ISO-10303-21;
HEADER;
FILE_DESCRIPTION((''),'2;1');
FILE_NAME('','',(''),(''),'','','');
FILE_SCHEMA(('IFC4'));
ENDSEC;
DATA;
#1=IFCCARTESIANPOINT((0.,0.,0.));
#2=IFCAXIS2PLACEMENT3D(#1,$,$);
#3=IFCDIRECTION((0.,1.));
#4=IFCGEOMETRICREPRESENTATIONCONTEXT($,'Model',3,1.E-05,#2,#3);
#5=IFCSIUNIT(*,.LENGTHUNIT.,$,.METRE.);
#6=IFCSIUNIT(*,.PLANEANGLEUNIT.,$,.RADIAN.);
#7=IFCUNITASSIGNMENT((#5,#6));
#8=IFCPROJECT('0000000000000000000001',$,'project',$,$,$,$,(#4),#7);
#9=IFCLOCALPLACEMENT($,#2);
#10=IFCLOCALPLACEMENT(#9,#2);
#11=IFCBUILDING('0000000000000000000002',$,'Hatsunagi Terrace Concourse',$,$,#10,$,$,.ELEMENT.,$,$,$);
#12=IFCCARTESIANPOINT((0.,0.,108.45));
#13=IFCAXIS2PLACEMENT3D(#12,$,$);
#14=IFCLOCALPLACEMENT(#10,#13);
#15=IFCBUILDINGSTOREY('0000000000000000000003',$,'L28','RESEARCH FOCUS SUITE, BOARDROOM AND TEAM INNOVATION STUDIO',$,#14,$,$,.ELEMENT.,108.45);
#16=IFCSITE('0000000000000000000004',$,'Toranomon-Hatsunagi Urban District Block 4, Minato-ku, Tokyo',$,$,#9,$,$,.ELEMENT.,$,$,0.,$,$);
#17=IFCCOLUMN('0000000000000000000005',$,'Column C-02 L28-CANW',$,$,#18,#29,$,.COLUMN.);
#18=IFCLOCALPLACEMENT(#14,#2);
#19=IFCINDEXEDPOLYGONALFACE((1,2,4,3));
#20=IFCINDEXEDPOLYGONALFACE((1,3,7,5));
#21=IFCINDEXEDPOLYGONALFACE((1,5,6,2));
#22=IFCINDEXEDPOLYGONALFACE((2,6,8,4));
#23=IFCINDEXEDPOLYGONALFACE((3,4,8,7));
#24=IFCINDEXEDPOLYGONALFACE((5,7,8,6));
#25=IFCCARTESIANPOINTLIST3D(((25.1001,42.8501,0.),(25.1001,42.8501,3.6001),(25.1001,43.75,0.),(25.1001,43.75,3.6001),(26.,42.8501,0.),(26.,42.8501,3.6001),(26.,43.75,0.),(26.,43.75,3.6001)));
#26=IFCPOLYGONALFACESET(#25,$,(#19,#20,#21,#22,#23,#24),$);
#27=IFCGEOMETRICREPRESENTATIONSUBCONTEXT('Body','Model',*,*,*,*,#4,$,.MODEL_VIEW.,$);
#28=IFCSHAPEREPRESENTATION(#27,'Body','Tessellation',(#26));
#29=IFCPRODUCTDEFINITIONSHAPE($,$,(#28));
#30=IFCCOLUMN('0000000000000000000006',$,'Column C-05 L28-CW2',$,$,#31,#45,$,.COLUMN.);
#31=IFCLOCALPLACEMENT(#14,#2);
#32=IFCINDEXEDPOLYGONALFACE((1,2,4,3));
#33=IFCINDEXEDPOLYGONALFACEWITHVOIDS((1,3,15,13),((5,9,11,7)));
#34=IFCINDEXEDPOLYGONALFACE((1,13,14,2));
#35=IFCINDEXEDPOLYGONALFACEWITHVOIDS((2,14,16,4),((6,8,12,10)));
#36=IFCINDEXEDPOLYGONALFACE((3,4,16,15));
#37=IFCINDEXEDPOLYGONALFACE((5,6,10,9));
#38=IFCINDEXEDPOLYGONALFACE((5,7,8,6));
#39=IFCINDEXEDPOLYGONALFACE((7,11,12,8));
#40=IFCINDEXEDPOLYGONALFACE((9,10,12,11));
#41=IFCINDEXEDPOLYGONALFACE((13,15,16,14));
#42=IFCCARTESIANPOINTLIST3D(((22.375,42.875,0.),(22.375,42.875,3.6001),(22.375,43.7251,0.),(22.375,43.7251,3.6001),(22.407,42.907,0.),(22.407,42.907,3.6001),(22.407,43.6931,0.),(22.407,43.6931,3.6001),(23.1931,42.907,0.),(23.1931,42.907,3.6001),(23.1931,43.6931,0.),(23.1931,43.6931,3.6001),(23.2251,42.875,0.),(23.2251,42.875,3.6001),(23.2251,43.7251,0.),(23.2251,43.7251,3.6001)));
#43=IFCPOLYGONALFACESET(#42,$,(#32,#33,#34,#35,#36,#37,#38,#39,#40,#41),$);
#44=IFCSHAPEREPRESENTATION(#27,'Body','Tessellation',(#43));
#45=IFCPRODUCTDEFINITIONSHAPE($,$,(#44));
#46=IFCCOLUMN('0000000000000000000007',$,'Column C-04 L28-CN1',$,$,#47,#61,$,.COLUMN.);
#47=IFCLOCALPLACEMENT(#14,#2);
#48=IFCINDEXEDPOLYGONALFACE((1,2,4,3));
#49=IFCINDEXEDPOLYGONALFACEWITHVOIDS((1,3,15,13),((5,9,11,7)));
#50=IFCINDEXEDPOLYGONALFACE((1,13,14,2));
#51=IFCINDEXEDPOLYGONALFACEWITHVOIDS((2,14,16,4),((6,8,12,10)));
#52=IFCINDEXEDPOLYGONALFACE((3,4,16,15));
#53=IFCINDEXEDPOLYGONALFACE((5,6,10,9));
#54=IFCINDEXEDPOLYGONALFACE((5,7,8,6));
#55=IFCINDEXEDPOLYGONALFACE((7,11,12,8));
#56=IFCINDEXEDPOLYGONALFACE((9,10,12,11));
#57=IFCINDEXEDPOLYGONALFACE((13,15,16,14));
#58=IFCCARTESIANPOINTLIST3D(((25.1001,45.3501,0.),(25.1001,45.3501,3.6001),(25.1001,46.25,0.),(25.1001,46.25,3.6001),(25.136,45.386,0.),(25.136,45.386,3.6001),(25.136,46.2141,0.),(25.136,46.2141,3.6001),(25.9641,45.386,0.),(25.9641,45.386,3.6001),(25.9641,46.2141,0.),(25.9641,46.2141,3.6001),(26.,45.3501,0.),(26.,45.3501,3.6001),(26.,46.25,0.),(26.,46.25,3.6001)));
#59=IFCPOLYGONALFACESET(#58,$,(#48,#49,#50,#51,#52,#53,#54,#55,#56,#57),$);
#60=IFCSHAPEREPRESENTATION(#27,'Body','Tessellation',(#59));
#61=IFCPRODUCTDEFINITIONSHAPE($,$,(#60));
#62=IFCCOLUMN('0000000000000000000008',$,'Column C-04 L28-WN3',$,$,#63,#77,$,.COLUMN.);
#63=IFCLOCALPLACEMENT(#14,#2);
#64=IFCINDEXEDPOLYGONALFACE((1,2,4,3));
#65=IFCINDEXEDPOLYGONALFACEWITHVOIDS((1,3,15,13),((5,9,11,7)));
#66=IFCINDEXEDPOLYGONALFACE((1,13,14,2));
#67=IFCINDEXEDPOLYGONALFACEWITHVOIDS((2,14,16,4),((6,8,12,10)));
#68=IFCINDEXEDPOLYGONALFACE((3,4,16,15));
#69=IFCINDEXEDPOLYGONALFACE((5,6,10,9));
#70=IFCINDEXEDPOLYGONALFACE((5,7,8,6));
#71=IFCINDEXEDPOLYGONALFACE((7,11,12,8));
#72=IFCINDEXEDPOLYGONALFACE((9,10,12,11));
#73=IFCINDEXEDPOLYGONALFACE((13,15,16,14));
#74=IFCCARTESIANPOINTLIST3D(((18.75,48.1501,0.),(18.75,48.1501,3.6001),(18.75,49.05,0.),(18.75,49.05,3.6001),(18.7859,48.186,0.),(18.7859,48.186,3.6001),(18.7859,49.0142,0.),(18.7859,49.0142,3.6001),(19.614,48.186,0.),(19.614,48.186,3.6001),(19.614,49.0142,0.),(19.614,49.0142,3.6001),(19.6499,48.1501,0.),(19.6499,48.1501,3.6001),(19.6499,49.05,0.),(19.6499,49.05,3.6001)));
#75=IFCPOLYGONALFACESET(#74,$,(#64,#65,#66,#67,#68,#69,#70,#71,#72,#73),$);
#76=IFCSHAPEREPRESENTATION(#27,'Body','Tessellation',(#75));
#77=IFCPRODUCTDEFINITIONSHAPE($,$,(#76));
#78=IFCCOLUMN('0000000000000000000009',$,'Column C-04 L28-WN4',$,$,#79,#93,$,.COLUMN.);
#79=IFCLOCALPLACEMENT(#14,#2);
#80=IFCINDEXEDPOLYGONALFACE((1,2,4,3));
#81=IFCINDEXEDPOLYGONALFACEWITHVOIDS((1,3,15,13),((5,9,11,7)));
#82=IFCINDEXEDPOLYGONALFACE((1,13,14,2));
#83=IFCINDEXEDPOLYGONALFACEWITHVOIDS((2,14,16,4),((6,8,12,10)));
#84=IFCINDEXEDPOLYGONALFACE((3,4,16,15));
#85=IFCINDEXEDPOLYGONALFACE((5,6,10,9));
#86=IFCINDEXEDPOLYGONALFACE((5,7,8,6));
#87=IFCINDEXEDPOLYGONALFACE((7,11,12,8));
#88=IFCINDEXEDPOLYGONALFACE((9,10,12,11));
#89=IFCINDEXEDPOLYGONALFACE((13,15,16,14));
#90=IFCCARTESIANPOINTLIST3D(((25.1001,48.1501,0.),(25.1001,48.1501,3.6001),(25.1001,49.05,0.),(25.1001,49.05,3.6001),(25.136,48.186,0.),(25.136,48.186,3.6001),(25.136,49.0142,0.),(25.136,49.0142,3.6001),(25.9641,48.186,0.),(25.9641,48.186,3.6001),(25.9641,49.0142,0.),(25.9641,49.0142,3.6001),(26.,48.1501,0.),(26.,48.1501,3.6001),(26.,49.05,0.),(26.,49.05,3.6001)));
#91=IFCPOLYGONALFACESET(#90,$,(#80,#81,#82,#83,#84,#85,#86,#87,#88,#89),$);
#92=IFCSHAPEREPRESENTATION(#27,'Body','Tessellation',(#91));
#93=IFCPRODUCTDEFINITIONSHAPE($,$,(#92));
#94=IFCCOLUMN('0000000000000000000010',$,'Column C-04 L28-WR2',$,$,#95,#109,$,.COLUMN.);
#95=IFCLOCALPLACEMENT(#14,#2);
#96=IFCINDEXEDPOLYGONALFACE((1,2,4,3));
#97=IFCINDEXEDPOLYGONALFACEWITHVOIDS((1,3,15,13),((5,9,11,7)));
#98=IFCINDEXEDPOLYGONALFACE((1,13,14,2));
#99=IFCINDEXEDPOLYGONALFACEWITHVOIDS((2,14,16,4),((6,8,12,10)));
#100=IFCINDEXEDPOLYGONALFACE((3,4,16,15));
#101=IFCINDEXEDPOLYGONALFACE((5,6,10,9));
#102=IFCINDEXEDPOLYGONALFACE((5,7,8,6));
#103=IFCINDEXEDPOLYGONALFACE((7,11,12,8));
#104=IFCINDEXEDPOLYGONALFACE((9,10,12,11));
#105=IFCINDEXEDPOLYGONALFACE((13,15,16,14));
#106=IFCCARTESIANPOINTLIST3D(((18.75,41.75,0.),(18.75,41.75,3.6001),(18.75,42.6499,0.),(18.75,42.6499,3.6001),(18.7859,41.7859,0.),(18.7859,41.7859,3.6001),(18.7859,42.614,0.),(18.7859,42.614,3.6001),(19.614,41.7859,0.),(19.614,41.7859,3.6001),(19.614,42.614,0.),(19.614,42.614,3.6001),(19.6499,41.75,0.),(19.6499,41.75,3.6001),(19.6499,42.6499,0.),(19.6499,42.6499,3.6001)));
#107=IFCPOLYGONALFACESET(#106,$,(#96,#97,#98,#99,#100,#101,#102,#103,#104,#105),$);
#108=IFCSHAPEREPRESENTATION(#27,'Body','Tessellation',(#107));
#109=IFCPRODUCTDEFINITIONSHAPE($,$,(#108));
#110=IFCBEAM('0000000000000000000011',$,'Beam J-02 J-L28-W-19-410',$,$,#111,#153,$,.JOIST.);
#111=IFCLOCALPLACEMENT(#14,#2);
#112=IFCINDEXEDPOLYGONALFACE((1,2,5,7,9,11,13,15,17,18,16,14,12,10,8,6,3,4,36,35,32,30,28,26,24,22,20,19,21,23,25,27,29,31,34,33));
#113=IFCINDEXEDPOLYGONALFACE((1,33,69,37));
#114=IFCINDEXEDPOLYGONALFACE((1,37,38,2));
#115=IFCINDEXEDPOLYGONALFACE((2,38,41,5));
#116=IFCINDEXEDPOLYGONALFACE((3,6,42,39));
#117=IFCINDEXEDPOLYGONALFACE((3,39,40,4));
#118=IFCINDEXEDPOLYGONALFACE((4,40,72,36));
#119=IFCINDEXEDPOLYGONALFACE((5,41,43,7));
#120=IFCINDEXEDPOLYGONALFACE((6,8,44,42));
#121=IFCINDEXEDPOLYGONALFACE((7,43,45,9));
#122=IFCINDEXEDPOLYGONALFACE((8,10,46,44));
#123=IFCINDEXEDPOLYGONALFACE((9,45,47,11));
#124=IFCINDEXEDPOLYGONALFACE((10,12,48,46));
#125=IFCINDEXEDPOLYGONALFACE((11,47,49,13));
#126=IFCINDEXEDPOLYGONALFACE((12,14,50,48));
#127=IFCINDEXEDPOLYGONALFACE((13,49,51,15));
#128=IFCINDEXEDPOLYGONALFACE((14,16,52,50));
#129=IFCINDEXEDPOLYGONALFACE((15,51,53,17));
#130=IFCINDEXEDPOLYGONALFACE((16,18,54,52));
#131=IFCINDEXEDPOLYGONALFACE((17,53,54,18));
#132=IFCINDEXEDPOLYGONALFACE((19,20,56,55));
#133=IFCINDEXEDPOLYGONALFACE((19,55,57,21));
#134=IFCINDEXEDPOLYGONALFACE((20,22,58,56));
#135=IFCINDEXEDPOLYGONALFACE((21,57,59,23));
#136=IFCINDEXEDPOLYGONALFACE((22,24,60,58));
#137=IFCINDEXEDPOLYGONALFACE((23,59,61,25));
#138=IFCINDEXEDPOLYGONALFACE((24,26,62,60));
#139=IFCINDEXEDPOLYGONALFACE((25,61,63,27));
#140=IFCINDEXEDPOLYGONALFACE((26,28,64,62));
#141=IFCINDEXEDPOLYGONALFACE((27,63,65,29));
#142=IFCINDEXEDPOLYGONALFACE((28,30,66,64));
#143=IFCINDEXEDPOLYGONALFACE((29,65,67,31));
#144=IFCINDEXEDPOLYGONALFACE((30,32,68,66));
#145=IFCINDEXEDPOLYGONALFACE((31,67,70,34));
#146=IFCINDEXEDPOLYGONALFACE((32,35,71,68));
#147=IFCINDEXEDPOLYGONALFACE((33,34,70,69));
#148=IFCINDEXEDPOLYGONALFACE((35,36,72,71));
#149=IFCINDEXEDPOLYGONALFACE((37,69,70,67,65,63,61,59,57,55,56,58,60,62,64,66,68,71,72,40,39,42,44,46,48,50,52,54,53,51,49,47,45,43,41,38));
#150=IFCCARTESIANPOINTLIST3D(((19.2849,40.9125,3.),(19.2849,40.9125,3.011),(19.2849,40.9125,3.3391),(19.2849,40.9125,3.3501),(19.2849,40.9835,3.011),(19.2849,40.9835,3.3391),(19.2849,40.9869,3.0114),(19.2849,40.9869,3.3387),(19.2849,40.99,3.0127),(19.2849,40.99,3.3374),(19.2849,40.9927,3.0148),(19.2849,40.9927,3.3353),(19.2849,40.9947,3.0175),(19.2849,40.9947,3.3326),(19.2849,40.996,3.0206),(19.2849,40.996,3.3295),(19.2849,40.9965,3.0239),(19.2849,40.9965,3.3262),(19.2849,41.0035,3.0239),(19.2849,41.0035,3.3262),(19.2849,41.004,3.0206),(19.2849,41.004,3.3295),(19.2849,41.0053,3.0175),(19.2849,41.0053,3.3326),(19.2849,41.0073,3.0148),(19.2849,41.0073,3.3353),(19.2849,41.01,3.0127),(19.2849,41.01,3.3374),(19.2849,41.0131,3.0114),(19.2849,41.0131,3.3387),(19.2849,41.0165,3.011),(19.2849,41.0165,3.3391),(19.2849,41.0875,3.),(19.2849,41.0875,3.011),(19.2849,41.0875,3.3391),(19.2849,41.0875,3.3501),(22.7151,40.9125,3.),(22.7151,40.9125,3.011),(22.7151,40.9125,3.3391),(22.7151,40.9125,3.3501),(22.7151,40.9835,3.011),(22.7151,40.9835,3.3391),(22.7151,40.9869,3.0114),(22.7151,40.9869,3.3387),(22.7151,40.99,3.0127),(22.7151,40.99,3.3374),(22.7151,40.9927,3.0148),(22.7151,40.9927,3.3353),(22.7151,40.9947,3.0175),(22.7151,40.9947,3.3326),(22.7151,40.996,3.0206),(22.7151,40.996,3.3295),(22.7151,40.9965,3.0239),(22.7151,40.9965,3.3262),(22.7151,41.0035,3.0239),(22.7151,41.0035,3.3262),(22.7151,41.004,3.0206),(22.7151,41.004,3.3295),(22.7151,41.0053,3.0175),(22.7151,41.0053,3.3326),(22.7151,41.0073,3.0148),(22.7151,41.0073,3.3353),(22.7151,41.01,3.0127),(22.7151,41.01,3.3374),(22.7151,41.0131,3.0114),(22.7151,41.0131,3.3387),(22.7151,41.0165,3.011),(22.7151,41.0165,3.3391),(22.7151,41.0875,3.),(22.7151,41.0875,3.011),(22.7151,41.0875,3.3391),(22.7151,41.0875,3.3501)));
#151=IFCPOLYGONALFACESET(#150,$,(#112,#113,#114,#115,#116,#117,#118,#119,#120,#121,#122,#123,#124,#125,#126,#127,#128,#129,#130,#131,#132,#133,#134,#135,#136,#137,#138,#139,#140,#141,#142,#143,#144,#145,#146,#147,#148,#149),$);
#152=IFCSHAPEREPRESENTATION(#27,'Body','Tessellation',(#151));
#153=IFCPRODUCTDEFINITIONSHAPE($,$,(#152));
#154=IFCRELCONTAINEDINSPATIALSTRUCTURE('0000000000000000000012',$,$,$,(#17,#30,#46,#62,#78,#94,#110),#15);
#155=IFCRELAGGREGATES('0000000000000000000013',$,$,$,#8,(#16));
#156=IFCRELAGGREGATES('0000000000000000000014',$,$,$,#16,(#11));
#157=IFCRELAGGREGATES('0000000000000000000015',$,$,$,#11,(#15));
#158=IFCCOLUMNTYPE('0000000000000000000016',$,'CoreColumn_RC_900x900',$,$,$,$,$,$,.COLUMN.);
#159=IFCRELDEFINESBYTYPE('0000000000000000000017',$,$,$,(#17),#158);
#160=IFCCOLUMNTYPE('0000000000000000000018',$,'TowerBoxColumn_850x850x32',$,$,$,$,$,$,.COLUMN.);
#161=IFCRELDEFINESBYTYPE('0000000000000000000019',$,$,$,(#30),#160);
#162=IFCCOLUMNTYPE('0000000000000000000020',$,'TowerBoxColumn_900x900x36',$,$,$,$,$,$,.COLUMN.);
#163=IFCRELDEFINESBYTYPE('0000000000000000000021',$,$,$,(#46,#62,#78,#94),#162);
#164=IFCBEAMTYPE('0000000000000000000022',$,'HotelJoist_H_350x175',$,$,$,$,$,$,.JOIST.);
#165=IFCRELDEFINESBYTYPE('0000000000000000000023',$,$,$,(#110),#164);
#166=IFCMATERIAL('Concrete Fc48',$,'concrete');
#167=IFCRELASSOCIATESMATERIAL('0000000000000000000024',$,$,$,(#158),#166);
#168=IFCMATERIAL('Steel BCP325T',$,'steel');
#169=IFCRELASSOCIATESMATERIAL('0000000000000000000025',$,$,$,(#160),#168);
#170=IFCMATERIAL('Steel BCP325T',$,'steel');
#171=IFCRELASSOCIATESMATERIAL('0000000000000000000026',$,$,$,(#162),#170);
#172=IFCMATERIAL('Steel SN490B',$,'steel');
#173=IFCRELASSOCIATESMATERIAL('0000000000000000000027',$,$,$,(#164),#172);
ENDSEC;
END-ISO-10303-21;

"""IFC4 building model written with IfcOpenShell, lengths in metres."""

from ifc_helpers import new_model, si_unit, direction, frame, origin, origin_2d, place, context, subcontext, project, spatial, rectangle, hollow_rectangle, i_section, extrude, material, material_profile, profile_set, type_object, element, save


model = new_model("IFC4")

# Units and contexts
model_context = context("Model", 3, precision=1e-05, world=origin(), true_north=direction((0.0, 1.0)))
body_context = subcontext(model_context, "Body", "Model", "MODEL_VIEW")
ifc_project = project(units=[si_unit("LENGTHUNIT", "METRE"), si_unit("PLANEANGLEUNIT", "RADIAN")], contexts=[model_context])

# Site, building, storey
site_placement = place(None, origin())
site = spatial("IfcSite", under=ifc_project, at=site_placement, Name="Toranomon-Hatsunagi Urban District Block 4, Minato-ku, Tokyo", CompositionType="ELEMENT", RefElevation=0.0)
building_placement = place(site_placement, origin())
building = spatial("IfcBuilding", under=site, at=building_placement, Name="Hatsunagi Terrace Concourse", CompositionType="ELEMENT")
storey_placement = place(building_placement, frame((0.0, 0.0, 108.45)))
storey = spatial("IfcBuildingStorey", under=building, at=storey_placement, Name="L28", Description="RESEARCH FOCUS SUITE, BOARDROOM AND TEAM INNOVATION STUDIO", CompositionType="ELEMENT", Elevation=108.45)

# Columns
ifc_material_1 = material(Name="Concrete Fc48", Category="concrete")
ifc_material_profile_1 = material_profile(ifc_material_1, rectangle(XDim=0.8999, YDim=0.8999, at=origin_2d()), Name="RC-900x900")
ifc_profile_set_1 = profile_set([ifc_material_profile_1], Name="Concrete Fc48")
column_type_1 = type_object("IfcColumnType", Name="CoreColumn_RC_900x900", PredefinedType="COLUMN", material=ifc_profile_set_1)
column_1_placement = place(storey_placement, frame((25.55, 43.3, 0.0), z_axis=(0.0, 0.0, 1.0), x_axis=(1.0, 0.0, 0.0)))
element("IfcColumn", 1, at=column_1_placement, inside=storey, type_object=column_type_1, Name="Column C-02 L28-CANW", PredefinedType="COLUMN", context=body_context, shape_type="SweptSolid", body=[
    extrude(rectangle(XDim=0.8999, YDim=0.8999, at=origin_2d()), origin(), (0.0, 0.0, 1.0), 3.6001),
])
ifc_material_2 = material(Name="Steel BCP325T", Category="steel")
ifc_material_profile_2 = material_profile(ifc_material_2, hollow_rectangle(XDim=0.8501, YDim=0.8501, WallThickness=0.032, at=origin_2d()), Name="BCP-850x850x32")
ifc_profile_set_2 = profile_set([ifc_material_profile_2], Name="Steel BCP325T")
column_type_2 = type_object("IfcColumnType", Name="TowerBoxColumn_850x850x32", PredefinedType="COLUMN", material=ifc_profile_set_2)
column_2_placement = place(storey_placement, frame((22.8, 43.3, 0.0), z_axis=(0.0, 0.0, 1.0), x_axis=(1.0, 0.0, 0.0)))
element("IfcColumn", 2, at=column_2_placement, inside=storey, type_object=column_type_2, Name="Column C-05 L28-CW2", PredefinedType="COLUMN", context=body_context, shape_type="SweptSolid", body=[
    extrude(hollow_rectangle(XDim=0.8501, YDim=0.8501, WallThickness=0.032, at=origin_2d()), origin(), (0.0, 0.0, 1.0), 3.6001),
])
ifc_material_3 = material(Name="Steel BCP325T", Category="steel")
ifc_material_profile_3 = material_profile(ifc_material_3, hollow_rectangle(XDim=0.8999, YDim=0.8999, WallThickness=0.0359, at=origin_2d()), Name="BCP-900x900x36")
ifc_profile_set_3 = profile_set([ifc_material_profile_3], Name="Steel BCP325T")
column_type_3 = type_object("IfcColumnType", Name="TowerBoxColumn_900x900x36", PredefinedType="COLUMN", material=ifc_profile_set_3)
for number, where, z_axis, x_axis, name in (
    (3, (25.55, 45.8, 0.0), (0.0, 0.0, 1.0), (1.0, 0.0, 0.0), "Column C-04 L28-CN1"),
    (4, (19.2, 48.6001, 0.0), (0.0, 0.0, 1.0), (1.0, 0.0, 0.0), "Column C-04 L28-WN3"),
    (5, (25.55, 48.6001, 0.0), (0.0, 0.0, 1.0), (1.0, 0.0, 0.0), "Column C-04 L28-WN4"),
    (6, (19.2, 42.2, 0.0), (0.0, 0.0, 1.0), (1.0, 0.0, 0.0), "Column C-04 L28-WR2"),
):
    element("IfcColumn", number, at=place(storey_placement, frame(where, z_axis=z_axis, x_axis=x_axis)), inside=storey, type_object=column_type_3, Name=name, PredefinedType="COLUMN", context=body_context, shape_type="SweptSolid", body=[
        extrude(hollow_rectangle(XDim=0.8999, YDim=0.8999, WallThickness=0.0359, at=origin_2d()), origin(), (0.0, 0.0, 1.0), 3.6001),
    ])

# Beam
ifc_material_4 = material(Name="Steel SN490B", Category="steel")
ifc_material_profile_4 = material_profile(ifc_material_4, i_section(OverallWidth=0.175, OverallDepth=0.3501, WebThickness=0.0071, FlangeThickness=0.011, FilletRadius=0.0129, at=origin_2d()), Name="H-350x175x7x11")
ifc_profile_set_4 = profile_set([ifc_material_profile_4], Name="Steel SN490B")
beam_type_1 = type_object("IfcBeamType", Name="HotelJoist_H_350x175", PredefinedType="JOIST", material=ifc_profile_set_4)
beam_1_placement = place(storey_placement, frame((19.2849, 41.0, 3.175), z_axis=(1.0, 0.0, 0.0), x_axis=(0.0, 1.0, 0.0)))
element("IfcBeam", 7, at=beam_1_placement, inside=storey, type_object=beam_type_1, Name="Beam J-02 J-L28-W-19-410", PredefinedType="JOIST", context=body_context, shape_type="SweptSolid", body=[
    extrude(i_section(OverallWidth=0.175, OverallDepth=0.3501, WebThickness=0.0071, FlangeThickness=0.011, FilletRadius=0.0129, at=origin_2d()), origin(), (0.0, 0.0, 1.0), 3.4302),
])

save(model, "model.ifc")
